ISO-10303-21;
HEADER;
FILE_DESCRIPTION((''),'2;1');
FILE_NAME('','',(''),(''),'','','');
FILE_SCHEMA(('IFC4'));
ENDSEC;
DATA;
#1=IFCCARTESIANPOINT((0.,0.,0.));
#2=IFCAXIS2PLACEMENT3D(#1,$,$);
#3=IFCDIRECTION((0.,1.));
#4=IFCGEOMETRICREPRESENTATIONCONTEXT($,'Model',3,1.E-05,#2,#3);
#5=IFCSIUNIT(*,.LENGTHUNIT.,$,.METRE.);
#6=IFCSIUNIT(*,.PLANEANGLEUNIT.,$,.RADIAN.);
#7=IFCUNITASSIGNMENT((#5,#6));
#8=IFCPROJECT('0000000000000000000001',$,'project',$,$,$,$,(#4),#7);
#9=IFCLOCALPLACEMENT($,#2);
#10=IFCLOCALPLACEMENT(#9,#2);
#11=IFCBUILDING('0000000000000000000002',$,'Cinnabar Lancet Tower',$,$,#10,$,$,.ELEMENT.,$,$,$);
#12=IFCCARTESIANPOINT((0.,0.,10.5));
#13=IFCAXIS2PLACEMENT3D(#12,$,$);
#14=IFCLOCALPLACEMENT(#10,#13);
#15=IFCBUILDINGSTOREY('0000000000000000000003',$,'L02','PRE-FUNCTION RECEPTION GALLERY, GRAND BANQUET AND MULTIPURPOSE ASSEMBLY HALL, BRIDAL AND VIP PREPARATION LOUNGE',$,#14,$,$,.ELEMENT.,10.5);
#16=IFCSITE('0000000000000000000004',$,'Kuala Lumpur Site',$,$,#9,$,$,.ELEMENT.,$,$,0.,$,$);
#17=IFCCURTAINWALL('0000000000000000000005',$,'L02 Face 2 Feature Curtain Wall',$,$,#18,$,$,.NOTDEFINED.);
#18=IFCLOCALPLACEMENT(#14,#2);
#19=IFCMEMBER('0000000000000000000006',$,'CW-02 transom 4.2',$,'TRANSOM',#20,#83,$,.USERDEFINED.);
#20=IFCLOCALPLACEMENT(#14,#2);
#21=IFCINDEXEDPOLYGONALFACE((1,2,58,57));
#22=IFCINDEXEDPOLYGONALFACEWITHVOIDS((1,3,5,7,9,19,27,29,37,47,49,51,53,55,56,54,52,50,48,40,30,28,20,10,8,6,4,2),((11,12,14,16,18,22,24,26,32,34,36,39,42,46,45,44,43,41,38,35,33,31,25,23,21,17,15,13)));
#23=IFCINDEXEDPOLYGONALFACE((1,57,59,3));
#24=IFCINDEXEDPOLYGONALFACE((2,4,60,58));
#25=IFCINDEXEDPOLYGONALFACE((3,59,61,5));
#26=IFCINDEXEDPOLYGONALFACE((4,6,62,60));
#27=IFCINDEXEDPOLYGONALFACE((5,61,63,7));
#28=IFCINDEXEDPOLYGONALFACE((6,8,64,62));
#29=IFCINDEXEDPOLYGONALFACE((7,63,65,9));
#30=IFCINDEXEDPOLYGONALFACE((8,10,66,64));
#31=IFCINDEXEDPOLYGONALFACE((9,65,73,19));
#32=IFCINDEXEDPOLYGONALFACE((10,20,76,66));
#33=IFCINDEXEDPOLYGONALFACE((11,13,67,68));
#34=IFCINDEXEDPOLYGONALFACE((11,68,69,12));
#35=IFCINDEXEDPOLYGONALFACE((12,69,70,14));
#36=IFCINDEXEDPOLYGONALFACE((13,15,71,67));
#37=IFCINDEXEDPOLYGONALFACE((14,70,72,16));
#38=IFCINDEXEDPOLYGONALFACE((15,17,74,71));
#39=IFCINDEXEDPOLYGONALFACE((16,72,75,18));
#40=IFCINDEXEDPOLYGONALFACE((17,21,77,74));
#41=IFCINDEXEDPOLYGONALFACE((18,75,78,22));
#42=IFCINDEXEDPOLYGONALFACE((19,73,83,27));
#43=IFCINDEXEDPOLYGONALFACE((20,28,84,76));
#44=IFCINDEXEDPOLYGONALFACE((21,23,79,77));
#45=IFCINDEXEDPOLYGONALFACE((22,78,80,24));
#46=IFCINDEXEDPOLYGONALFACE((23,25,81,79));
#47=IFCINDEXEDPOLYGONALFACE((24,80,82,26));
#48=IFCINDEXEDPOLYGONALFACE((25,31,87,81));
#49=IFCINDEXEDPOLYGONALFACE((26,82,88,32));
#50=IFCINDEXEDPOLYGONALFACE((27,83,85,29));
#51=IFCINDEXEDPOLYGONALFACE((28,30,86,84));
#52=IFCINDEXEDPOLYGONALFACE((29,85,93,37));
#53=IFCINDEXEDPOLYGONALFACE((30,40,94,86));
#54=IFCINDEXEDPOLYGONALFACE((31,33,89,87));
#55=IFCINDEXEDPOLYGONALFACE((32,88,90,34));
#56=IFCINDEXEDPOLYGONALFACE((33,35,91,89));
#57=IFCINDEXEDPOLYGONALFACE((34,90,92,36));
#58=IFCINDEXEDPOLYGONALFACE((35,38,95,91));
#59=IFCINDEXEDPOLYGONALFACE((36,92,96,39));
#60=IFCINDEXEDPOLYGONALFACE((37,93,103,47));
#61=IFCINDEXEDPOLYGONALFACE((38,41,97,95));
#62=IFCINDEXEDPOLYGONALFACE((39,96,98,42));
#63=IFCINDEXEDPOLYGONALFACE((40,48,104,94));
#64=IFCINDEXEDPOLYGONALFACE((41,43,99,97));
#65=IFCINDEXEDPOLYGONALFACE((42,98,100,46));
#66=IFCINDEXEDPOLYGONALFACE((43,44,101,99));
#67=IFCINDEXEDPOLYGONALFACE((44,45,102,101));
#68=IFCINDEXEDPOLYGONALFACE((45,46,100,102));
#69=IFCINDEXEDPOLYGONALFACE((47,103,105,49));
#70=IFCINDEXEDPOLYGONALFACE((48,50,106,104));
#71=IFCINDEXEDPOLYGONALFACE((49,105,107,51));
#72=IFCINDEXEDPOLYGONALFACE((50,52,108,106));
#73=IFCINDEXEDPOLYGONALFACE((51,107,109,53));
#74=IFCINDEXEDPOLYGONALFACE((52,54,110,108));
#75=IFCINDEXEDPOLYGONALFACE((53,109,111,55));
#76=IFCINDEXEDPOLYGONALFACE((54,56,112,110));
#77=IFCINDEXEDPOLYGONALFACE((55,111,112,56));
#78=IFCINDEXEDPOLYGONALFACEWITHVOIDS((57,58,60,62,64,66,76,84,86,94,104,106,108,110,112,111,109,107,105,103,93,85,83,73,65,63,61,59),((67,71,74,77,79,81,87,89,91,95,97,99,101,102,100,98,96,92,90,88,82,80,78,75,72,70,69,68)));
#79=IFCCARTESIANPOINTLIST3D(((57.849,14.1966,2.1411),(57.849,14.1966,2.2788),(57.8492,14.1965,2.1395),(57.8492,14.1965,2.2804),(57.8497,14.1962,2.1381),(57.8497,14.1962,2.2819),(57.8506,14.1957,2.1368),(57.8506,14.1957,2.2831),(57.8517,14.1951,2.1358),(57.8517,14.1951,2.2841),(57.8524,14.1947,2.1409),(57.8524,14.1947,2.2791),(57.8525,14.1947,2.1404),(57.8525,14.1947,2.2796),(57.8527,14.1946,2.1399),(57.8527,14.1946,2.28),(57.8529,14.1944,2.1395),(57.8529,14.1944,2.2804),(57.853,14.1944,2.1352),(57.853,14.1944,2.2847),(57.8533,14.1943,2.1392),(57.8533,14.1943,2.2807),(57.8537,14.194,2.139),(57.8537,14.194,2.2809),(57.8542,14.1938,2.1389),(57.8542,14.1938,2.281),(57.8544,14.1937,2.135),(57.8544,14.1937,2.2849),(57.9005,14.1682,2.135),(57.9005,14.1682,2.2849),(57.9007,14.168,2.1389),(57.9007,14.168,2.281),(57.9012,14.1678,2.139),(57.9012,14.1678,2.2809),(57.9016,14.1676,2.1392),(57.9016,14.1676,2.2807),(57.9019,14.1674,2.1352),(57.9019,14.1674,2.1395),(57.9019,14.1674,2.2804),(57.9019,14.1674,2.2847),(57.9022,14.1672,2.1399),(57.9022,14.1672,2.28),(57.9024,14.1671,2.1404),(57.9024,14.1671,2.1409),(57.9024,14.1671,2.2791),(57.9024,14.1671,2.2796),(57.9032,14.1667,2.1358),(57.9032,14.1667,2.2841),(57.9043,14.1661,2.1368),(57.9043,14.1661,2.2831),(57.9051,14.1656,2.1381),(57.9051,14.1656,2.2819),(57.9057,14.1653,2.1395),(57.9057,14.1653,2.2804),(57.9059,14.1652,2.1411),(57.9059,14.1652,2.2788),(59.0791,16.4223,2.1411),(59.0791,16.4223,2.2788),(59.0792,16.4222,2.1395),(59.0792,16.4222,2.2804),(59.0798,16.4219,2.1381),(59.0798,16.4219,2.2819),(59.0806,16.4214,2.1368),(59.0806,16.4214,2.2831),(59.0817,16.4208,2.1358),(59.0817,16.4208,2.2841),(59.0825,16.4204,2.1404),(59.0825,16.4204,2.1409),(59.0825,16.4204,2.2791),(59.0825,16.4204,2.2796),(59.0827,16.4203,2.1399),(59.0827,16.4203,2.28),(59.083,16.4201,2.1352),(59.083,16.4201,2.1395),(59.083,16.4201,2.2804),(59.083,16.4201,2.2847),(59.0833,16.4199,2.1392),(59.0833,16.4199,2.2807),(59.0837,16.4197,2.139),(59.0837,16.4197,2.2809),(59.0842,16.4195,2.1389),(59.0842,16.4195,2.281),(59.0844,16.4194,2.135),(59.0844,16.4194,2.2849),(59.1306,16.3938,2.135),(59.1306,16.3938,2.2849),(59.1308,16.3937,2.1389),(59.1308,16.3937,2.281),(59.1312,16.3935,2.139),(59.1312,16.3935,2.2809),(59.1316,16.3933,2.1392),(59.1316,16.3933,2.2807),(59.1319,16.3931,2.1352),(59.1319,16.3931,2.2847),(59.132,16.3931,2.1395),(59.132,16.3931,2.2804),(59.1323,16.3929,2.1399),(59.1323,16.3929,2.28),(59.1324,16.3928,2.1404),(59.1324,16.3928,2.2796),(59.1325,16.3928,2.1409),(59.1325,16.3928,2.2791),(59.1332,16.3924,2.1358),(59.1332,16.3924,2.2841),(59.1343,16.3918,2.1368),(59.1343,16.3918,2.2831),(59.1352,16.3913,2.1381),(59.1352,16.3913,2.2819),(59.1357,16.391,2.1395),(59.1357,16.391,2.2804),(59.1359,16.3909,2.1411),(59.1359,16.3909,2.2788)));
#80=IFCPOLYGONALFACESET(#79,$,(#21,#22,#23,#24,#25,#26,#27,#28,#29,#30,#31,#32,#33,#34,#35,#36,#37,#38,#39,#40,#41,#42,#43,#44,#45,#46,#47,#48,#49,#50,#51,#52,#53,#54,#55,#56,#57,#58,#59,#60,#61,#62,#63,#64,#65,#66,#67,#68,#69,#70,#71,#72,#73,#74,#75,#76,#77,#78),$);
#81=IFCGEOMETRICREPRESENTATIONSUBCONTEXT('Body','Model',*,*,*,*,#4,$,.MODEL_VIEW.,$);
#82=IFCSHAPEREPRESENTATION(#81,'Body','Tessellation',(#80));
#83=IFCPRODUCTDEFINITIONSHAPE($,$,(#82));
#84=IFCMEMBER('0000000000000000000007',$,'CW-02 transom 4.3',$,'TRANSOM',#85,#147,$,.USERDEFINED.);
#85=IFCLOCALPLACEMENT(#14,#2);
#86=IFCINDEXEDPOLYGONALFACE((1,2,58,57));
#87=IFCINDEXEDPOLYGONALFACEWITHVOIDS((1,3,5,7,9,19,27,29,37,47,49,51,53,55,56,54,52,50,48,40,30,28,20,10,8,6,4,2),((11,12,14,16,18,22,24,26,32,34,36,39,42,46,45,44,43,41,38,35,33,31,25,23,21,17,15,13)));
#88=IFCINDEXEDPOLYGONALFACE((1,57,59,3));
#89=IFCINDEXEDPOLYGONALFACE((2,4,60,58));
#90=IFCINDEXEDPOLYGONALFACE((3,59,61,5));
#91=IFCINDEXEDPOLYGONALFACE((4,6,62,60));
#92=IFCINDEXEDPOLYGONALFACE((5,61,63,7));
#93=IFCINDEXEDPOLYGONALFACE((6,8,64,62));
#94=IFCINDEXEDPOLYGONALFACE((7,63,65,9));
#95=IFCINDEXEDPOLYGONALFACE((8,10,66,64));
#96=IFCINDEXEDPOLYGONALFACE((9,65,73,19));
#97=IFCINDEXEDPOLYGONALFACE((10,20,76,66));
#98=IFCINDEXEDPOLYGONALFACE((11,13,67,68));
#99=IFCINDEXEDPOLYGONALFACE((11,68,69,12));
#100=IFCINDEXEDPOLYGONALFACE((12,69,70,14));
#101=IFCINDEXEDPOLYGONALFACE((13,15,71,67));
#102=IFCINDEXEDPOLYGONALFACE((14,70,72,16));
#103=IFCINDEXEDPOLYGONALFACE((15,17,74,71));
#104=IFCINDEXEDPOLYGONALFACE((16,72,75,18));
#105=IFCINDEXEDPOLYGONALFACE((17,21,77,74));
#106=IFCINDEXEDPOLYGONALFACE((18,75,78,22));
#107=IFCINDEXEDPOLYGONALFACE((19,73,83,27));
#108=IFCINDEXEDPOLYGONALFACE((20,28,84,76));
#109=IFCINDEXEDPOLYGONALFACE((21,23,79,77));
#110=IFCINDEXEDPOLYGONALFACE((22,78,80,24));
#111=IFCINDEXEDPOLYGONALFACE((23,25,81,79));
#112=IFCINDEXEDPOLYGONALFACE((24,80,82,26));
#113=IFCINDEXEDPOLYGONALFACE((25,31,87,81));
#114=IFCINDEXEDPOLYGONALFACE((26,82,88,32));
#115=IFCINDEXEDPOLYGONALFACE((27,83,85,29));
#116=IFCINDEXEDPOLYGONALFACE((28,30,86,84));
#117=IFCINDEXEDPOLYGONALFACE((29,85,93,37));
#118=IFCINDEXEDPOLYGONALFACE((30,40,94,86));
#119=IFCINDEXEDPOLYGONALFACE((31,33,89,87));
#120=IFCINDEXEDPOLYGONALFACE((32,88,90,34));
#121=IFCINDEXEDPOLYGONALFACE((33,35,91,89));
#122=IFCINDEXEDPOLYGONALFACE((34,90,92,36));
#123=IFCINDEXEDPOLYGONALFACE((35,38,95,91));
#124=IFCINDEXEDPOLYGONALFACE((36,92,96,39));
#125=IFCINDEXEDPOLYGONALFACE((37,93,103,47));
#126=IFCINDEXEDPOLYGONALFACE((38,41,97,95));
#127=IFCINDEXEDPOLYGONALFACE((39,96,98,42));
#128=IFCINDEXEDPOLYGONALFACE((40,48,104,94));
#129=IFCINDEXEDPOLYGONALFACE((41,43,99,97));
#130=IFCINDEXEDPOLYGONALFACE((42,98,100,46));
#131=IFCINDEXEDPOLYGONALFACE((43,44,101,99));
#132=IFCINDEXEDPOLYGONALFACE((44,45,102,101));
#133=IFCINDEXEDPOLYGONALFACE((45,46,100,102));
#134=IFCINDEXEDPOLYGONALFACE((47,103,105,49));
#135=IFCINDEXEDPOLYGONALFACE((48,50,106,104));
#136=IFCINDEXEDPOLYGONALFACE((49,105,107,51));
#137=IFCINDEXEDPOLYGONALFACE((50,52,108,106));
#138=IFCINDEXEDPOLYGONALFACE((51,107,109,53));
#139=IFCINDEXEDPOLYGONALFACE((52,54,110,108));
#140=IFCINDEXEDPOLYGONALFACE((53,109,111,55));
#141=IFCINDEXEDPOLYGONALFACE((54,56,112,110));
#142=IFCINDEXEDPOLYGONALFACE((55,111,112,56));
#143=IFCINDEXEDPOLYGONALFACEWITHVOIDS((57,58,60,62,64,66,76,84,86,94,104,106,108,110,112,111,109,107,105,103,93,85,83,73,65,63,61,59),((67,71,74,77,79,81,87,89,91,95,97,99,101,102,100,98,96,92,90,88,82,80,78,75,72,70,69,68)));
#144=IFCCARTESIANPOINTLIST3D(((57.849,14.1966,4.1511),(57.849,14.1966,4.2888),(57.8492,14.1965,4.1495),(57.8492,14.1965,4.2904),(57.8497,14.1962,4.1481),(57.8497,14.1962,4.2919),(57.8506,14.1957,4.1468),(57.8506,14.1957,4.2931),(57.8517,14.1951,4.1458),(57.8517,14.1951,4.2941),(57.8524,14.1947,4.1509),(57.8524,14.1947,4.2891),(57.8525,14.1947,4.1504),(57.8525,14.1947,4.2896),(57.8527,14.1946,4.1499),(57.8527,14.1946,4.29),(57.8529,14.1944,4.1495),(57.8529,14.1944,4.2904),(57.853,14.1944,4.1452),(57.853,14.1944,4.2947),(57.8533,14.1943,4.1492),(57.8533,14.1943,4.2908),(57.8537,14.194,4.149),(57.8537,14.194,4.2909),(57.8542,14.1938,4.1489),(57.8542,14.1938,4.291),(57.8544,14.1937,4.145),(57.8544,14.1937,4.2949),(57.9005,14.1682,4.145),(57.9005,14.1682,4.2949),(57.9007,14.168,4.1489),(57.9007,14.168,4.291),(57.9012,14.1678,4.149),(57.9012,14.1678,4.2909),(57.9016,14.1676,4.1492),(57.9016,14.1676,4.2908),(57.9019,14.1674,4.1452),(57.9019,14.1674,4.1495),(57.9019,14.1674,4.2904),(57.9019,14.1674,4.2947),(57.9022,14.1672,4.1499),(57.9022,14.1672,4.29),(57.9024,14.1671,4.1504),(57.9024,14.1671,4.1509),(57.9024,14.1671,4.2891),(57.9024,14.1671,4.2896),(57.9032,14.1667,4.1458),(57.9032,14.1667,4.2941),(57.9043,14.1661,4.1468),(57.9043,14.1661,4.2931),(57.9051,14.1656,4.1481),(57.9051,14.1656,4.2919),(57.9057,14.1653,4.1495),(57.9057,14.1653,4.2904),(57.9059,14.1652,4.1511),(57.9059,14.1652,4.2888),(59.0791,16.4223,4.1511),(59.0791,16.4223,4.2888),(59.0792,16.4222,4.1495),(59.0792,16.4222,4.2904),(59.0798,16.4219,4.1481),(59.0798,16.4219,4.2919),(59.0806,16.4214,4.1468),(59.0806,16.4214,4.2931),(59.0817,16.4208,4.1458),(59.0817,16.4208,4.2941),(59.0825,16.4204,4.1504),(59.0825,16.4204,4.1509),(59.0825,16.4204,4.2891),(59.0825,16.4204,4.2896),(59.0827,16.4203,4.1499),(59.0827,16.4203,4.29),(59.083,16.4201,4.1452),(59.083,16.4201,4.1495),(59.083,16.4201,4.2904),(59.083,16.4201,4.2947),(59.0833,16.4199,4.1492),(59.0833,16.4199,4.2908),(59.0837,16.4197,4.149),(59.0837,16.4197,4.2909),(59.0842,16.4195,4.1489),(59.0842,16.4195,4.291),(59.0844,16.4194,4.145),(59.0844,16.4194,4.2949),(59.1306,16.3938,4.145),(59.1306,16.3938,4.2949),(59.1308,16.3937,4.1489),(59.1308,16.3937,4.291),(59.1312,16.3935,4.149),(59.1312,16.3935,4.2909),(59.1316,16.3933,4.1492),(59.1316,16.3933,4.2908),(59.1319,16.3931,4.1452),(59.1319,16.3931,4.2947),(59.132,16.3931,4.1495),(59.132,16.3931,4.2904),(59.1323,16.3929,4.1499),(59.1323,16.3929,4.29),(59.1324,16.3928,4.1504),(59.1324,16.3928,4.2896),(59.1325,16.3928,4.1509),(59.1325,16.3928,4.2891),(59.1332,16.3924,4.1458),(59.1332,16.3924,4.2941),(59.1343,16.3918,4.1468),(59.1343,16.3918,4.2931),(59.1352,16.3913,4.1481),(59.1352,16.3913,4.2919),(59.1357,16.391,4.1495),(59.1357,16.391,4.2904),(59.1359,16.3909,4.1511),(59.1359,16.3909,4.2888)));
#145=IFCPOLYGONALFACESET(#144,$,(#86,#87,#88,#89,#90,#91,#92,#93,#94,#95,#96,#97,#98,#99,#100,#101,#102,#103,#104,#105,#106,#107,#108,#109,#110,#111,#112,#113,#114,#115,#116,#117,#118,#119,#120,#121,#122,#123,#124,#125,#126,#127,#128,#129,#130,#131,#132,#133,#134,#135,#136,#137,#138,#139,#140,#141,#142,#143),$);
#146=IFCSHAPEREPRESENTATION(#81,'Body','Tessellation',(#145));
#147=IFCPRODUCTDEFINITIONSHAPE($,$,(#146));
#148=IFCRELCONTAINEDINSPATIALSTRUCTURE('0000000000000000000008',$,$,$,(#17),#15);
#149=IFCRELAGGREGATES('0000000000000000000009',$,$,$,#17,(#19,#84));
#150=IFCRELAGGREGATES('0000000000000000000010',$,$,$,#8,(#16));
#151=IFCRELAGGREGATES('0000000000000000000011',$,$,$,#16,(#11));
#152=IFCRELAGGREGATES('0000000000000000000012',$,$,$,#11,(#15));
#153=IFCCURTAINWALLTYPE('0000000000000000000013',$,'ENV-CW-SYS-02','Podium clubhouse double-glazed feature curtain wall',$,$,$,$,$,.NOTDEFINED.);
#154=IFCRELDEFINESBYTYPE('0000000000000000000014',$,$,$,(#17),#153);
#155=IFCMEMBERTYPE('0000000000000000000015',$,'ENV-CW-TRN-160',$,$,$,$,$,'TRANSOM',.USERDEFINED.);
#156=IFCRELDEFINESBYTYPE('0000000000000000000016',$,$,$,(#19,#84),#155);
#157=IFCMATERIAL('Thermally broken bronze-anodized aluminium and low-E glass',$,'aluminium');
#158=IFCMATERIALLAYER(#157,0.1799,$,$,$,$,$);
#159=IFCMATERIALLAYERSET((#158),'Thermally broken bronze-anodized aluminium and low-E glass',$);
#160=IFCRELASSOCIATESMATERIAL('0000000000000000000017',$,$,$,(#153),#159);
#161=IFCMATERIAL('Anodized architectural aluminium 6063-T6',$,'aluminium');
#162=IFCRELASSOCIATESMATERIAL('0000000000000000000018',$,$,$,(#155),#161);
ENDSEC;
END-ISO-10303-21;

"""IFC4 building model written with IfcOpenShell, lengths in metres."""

from ifc_helpers import new_model, si_unit, direction, frame, origin, origin_2d, place, context, subcontext, project, spatial, hollow_rectangle, extrude, material, layer, layer_set, material_profile, profile_set, type_object, element, aggregate, save


model = new_model("IFC4")

# Units and contexts
model_context = context("Model", 3, precision=1e-05, world=origin(), true_north=direction((0.0, 1.0)))
body_context = subcontext(model_context, "Body", "Model", "MODEL_VIEW")
ifc_project = project(units=[si_unit("LENGTHUNIT", "METRE"), si_unit("PLANEANGLEUNIT", "RADIAN")], contexts=[model_context])

# Site, building, storey
site_placement = place(None, origin())
site = spatial("IfcSite", under=ifc_project, at=site_placement, Name="Kuala Lumpur Site", CompositionType="ELEMENT", RefElevation=0.0)
building_placement = place(site_placement, origin())
building = spatial("IfcBuilding", under=site, at=building_placement, Name="Cinnabar Lancet Tower", CompositionType="ELEMENT")
storey_placement = place(building_placement, frame((0.0, 0.0, 10.5)))
storey = spatial("IfcBuildingStorey", under=building, at=storey_placement, Name="L02", Description="PRE-FUNCTION RECEPTION GALLERY, GRAND BANQUET AND MULTIPURPOSE ASSEMBLY HALL, BRIDAL AND VIP PREPARATION LOUNGE", CompositionType="ELEMENT", Elevation=10.5)

# Curtain wall, members
ifc_material_1 = material(Name="Thermally broken bronze-anodized aluminium and low-E glass", Category="aluminium")
ifc_layer_1 = layer(ifc_material_1, 0.1799)
ifc_layer_set_1 = layer_set([ifc_layer_1], Name="Thermally broken bronze-anodized aluminium and low-E glass")
curtain_wall_type = type_object("IfcCurtainWallType", Name="ENV-CW-SYS-02", Description="Podium clubhouse double-glazed feature curtain wall", PredefinedType="NOTDEFINED", material=ifc_layer_set_1)
curtain_wall_placement = place(storey_placement, origin())
curtain_wall = element("IfcCurtainWall", 1, at=curtain_wall_placement, inside=storey, type_object=curtain_wall_type, Name="L02 Face 2 Feature Curtain Wall", PredefinedType="NOTDEFINED")
ifc_material_2 = material(Name="Anodized architectural aluminium 6063-T6", Category="aluminium")
ifc_material_profile_1 = material_profile(ifc_material_2, hollow_rectangle(XDim=0.0649, YDim=0.1499, WallThickness=0.0039, InnerFilletRadius=0.002, OuterFilletRadius=0.0061, at=origin_2d()), Name="CW-TRN 150x65x4")
ifc_profile_set_1 = profile_set([ifc_material_profile_1], Name="Anodized architectural aluminium 6063-T6")
member_type_1 = type_object("IfcMemberType", Name="ENV-CW-TRN-160", ElementType="TRANSOM", PredefinedType="USERDEFINED", material=ifc_profile_set_1)
member_1_placement = place(storey_placement, frame((57.8774, 14.1809, 2.21), z_axis=(0.483702, 0.875233, 0.0), x_axis=(-0.875233, 0.483702, 0.0)))
member_1 = element("IfcMember", 2, at=member_1_placement, type_object=member_type_1, Name="CW-02 transom 4.2", ObjectType="TRANSOM", PredefinedType="USERDEFINED", context=body_context, shape_type="SweptSolid", body=[
    extrude(hollow_rectangle(XDim=0.0649, YDim=0.1499, WallThickness=0.0039, InnerFilletRadius=0.002, OuterFilletRadius=0.0061, at=origin_2d()), origin(), (0.0, 0.0, 1.0), 2.543),
])
member_2_placement = place(storey_placement, frame((57.8774, 14.1809, 4.22), z_axis=(0.483702, 0.875233, 0.0), x_axis=(-0.875233, 0.483702, 0.0)))
member_2 = element("IfcMember", 3, at=member_2_placement, type_object=member_type_1, Name="CW-02 transom 4.3", ObjectType="TRANSOM", PredefinedType="USERDEFINED", context=body_context, shape_type="SweptSolid", body=[
    extrude(hollow_rectangle(XDim=0.0649, YDim=0.1499, WallThickness=0.0039, InnerFilletRadius=0.002, OuterFilletRadius=0.0061, at=origin_2d()), origin(), (0.0, 0.0, 1.0), 2.543),
])

aggregate(curtain_wall, [member_1, member_2])

save(model, "model.ifc")
